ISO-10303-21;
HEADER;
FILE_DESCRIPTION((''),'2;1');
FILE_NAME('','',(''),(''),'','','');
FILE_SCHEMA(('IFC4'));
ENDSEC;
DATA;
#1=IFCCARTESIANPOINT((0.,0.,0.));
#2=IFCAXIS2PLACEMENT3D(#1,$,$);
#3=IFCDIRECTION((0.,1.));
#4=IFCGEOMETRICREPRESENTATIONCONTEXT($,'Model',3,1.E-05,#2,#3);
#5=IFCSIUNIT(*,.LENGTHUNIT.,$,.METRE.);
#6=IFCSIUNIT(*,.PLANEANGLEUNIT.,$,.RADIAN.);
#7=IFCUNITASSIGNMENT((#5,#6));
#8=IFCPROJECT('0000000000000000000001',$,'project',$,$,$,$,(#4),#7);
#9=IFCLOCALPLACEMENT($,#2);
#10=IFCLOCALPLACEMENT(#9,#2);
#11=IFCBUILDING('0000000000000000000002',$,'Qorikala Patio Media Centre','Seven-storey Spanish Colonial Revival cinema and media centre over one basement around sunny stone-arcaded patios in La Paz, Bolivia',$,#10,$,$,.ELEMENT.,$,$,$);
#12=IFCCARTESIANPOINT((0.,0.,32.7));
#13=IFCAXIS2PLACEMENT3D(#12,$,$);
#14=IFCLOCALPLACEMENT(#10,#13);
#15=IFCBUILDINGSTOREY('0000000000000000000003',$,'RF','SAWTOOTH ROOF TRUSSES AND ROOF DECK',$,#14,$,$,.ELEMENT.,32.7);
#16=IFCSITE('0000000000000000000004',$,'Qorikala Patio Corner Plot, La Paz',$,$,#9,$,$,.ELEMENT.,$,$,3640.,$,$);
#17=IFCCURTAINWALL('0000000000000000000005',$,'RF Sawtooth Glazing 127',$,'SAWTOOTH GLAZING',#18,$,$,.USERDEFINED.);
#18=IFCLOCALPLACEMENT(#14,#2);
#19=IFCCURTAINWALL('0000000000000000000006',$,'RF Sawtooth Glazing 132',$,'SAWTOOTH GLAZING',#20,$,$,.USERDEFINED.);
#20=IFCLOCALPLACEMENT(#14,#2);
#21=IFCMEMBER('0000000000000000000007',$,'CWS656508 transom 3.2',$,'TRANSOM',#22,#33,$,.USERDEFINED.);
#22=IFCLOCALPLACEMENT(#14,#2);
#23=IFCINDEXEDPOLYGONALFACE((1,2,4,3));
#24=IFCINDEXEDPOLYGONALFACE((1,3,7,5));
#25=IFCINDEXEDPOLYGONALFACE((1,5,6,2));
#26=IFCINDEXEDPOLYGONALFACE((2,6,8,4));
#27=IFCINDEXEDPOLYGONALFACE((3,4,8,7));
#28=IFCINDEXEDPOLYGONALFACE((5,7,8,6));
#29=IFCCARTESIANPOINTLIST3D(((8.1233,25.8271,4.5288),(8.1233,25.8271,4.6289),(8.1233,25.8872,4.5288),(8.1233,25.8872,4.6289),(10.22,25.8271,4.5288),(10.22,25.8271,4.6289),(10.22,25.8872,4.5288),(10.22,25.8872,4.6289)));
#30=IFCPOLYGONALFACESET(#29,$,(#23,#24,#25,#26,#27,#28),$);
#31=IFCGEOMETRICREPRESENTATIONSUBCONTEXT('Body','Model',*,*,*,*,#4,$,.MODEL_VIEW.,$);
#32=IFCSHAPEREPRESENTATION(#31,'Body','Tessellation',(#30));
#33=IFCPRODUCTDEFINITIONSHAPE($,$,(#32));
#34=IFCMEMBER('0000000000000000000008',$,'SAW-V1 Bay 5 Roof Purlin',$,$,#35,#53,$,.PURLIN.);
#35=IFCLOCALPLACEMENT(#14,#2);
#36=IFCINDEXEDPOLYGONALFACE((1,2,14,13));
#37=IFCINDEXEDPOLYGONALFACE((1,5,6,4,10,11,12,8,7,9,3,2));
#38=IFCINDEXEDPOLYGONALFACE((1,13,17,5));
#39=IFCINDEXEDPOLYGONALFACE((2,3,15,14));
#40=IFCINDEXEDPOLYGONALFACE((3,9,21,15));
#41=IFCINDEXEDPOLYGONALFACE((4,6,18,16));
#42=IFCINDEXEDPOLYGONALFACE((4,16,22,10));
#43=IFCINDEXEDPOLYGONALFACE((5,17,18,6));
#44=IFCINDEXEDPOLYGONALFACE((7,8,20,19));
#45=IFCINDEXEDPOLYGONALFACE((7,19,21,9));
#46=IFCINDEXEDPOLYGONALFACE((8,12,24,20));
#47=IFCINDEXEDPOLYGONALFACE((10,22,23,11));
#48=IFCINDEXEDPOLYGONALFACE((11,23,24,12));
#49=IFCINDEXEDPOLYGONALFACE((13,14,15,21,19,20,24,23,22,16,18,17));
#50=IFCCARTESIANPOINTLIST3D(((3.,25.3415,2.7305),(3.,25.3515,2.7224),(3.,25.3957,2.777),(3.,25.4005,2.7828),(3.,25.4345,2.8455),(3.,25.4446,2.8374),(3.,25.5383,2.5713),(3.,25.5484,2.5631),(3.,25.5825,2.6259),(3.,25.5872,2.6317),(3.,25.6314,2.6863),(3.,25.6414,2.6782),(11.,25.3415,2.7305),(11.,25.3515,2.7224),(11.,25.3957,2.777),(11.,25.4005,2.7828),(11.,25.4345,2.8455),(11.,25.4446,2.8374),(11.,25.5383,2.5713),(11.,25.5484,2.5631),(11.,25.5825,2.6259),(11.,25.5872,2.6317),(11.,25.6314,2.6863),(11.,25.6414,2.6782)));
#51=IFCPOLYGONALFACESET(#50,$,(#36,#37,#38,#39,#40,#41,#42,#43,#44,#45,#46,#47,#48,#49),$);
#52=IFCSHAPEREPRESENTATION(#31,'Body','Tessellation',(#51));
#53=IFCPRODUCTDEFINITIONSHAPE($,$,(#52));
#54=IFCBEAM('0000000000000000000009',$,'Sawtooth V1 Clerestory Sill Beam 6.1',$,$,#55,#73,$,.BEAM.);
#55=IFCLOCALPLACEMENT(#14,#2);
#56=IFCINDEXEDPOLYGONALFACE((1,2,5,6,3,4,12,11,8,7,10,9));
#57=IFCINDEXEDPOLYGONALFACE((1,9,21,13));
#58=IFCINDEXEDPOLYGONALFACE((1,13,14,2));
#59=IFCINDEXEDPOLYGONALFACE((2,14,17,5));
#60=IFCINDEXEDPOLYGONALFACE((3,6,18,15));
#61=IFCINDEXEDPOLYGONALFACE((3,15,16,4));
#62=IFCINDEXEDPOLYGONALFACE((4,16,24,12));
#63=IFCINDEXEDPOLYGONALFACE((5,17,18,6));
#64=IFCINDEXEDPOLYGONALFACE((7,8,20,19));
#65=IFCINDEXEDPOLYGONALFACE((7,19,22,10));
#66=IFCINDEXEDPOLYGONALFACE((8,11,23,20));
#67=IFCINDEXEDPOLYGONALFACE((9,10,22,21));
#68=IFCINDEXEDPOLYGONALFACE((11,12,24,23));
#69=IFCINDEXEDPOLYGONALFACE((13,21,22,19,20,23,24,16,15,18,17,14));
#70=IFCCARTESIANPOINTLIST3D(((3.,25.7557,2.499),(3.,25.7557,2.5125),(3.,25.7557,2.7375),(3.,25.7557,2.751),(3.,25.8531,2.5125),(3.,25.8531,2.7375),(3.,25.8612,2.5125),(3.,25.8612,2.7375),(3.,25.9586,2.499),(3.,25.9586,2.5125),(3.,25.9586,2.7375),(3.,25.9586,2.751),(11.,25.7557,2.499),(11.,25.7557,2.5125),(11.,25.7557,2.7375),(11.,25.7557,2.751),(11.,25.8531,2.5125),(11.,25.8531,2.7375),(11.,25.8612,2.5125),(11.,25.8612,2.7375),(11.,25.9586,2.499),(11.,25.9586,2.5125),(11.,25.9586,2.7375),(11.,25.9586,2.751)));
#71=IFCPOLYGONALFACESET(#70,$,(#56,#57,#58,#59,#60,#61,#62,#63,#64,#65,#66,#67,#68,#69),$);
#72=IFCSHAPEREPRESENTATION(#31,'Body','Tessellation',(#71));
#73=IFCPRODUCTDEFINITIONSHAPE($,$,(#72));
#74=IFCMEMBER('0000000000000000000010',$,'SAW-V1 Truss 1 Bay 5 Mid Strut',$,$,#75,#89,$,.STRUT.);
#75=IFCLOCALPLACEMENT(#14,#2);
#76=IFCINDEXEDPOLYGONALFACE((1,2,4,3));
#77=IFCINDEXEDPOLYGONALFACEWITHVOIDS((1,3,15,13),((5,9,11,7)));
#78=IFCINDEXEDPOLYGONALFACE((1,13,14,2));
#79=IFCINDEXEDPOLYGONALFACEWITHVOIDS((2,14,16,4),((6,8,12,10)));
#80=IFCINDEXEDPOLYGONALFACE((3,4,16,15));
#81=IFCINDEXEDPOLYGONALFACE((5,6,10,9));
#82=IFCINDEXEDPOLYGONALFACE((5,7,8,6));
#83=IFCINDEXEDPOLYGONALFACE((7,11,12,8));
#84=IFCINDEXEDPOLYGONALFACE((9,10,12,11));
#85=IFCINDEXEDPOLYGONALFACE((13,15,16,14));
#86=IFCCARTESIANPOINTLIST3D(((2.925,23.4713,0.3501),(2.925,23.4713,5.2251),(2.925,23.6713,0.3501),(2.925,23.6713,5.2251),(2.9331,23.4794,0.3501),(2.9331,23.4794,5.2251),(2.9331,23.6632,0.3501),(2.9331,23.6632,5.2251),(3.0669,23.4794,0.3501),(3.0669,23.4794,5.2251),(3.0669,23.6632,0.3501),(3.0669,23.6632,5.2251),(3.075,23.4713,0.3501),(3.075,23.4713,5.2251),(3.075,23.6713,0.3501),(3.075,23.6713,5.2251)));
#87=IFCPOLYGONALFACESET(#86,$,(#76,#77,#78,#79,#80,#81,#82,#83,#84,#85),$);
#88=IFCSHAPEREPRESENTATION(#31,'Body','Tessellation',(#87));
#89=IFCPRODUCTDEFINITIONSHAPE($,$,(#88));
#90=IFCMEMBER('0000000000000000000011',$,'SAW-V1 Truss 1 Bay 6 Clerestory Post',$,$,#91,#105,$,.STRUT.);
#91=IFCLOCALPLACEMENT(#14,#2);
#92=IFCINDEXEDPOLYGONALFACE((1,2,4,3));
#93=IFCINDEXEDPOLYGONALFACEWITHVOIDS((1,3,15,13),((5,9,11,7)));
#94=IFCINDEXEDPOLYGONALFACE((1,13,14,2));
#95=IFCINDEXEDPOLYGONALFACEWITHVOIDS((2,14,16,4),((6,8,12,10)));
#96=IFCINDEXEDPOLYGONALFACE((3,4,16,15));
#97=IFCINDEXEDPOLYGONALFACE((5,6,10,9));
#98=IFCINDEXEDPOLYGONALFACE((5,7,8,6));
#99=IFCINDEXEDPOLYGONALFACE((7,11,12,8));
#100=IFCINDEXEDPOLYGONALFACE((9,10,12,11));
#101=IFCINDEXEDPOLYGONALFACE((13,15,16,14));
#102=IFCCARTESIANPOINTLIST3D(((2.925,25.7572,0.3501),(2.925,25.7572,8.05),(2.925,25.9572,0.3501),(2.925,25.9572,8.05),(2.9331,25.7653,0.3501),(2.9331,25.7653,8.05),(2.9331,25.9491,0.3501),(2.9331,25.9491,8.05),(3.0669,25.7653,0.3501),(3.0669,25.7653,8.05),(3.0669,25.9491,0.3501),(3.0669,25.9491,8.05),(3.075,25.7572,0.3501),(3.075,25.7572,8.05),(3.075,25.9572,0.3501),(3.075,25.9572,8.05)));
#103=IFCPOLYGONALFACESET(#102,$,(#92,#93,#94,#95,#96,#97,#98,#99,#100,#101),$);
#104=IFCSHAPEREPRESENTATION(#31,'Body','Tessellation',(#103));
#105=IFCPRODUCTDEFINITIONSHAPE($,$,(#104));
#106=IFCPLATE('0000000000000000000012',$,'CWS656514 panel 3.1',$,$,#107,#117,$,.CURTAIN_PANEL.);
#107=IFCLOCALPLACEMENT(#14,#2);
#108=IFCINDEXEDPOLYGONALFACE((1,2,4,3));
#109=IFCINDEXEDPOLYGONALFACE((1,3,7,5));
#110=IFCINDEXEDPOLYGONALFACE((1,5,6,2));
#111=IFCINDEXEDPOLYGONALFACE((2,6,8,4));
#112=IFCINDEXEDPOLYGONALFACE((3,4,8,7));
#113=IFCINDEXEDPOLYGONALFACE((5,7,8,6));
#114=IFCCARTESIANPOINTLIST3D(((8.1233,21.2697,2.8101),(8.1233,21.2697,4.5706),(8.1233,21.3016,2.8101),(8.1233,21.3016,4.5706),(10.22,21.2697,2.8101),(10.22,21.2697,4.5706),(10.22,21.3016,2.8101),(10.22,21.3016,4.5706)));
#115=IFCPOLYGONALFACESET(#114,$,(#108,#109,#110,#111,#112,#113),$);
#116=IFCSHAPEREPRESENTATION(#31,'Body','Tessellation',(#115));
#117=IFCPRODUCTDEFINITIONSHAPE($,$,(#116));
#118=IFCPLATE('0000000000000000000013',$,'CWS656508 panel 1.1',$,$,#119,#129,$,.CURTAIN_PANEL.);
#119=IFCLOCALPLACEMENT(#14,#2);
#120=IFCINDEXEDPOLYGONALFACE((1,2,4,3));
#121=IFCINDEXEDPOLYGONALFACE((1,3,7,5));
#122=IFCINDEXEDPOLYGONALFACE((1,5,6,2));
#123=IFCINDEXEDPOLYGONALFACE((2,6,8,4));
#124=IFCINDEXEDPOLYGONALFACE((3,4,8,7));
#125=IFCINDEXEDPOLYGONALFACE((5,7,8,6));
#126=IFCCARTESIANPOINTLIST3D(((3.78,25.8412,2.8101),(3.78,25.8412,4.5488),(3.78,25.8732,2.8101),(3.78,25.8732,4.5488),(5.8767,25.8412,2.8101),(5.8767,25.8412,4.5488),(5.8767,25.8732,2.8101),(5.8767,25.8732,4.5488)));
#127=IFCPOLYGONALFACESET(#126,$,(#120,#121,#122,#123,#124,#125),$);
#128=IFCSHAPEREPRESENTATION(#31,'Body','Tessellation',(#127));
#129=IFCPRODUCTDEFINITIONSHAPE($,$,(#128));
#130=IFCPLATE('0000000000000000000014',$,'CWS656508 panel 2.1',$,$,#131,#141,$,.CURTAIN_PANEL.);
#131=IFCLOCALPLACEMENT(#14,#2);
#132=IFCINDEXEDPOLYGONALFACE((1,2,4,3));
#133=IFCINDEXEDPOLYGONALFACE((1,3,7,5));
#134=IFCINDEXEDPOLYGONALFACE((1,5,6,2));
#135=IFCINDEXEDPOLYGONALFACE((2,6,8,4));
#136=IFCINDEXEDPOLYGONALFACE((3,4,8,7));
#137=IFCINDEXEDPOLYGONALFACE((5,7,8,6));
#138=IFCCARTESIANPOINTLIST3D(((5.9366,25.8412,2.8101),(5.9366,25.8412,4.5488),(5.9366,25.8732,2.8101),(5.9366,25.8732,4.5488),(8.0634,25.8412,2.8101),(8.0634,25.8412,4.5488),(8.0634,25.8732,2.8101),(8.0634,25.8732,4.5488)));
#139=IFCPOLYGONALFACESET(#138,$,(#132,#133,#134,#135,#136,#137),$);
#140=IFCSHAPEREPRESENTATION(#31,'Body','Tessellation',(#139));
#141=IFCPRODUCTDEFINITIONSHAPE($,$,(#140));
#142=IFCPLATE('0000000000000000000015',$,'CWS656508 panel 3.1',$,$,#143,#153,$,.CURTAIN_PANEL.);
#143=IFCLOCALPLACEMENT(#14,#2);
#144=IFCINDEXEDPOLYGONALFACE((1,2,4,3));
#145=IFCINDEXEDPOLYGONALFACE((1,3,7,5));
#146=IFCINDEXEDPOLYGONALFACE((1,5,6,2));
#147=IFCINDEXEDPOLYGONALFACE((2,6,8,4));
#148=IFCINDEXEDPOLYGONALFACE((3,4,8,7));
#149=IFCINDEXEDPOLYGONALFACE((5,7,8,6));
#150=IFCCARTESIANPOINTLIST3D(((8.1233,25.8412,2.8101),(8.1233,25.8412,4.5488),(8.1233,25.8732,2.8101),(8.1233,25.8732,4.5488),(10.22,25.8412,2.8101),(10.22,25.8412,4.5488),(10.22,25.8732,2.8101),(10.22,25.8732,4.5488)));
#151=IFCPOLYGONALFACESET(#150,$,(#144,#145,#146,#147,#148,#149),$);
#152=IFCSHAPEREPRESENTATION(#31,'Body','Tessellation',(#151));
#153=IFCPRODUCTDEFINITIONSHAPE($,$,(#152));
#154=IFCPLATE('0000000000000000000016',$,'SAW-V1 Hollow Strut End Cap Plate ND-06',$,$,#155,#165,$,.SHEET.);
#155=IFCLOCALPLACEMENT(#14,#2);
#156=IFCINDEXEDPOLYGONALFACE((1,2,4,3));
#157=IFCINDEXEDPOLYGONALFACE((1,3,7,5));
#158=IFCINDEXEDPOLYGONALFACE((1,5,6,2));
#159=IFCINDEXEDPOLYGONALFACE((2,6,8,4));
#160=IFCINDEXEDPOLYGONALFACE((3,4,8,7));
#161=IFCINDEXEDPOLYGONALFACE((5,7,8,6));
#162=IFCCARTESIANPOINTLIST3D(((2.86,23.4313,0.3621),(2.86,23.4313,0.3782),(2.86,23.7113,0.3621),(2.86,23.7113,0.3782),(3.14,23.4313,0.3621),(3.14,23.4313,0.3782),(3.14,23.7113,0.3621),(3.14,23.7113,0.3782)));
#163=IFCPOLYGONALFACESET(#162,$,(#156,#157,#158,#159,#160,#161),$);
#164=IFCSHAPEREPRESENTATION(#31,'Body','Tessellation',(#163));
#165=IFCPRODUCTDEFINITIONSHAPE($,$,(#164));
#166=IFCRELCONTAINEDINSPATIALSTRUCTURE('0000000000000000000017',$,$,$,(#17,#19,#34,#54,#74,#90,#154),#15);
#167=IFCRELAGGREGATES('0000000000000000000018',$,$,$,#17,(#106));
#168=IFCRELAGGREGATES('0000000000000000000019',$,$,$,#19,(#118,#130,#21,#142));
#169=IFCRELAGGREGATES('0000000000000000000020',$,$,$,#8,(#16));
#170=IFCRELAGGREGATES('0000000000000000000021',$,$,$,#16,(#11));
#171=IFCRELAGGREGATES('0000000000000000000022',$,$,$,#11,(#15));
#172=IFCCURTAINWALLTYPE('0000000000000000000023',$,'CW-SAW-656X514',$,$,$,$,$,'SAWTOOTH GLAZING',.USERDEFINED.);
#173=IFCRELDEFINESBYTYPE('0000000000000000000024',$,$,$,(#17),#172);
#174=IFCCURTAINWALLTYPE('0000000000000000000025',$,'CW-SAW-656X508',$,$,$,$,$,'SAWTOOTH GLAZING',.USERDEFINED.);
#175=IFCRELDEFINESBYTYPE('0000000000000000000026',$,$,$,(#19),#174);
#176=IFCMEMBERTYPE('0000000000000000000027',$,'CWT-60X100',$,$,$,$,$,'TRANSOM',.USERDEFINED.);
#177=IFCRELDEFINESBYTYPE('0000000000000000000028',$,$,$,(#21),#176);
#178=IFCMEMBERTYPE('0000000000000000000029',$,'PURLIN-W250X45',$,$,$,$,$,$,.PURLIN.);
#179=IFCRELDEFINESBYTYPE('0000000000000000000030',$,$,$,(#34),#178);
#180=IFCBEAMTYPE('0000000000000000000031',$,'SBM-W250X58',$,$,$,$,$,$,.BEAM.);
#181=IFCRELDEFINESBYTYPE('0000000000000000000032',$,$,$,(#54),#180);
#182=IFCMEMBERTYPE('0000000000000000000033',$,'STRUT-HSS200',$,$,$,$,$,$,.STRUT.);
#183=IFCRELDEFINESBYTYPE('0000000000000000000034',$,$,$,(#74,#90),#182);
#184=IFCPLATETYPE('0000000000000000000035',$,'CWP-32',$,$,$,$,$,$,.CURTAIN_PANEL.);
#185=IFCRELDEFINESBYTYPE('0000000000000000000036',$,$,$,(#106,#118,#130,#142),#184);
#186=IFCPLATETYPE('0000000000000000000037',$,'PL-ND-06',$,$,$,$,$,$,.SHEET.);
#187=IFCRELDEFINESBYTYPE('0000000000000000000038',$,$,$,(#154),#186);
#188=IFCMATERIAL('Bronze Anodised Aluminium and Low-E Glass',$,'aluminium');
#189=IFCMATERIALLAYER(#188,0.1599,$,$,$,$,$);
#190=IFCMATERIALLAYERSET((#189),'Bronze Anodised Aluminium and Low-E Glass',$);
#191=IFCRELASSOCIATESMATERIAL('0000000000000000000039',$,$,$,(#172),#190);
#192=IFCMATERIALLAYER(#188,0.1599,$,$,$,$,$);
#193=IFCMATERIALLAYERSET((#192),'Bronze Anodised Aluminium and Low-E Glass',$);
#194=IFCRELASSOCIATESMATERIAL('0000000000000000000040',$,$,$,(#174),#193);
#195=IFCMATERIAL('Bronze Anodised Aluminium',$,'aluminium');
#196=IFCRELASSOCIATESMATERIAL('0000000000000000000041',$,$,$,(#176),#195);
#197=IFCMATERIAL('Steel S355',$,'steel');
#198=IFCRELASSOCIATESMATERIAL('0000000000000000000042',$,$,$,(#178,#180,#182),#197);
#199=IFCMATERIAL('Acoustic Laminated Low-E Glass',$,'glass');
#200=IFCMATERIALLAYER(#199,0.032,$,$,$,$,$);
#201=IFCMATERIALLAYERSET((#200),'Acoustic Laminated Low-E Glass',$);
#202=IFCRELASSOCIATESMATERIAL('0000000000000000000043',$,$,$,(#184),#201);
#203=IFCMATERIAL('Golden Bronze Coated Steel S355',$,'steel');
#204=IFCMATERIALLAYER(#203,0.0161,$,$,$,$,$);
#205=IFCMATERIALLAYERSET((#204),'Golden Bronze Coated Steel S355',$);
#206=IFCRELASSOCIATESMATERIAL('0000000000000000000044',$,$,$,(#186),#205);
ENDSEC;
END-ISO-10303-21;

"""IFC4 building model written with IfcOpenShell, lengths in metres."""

from ifc_helpers import new_model, si_unit, direction, frame, origin, origin_2d, place, context, subcontext, project, spatial, rectangle, hollow_rectangle, i_section, extrude, material, layer, layer_set, material_profile, profile_set, type_object, element, aggregate, save


model = new_model("IFC4")

# Units and contexts
model_context = context("Model", 3, precision=1e-05, world=origin(), true_north=direction((0.0, 1.0)))
body_context = subcontext(model_context, "Body", "Model", "MODEL_VIEW")
ifc_project = project(units=[si_unit("LENGTHUNIT", "METRE"), si_unit("PLANEANGLEUNIT", "RADIAN")], contexts=[model_context])

# Site, building, storey
site_placement = place(None, origin())
site = spatial("IfcSite", under=ifc_project, at=site_placement, Name="Qorikala Patio Corner Plot, La Paz", CompositionType="ELEMENT", RefElevation=3640.0)
building_placement = place(site_placement, origin())
building = spatial("IfcBuilding", under=site, at=building_placement, Name="Qorikala Patio Media Centre", Description="Seven-storey Spanish Colonial Revival cinema and media centre over one basement around sunny stone-arcaded patios in La Paz, Bolivia", CompositionType="ELEMENT")
storey_placement = place(building_placement, frame((0.0, 0.0, 32.7)))
storey = spatial("IfcBuildingStorey", under=building, at=storey_placement, Name="RF", Description="SAWTOOTH ROOF TRUSSES AND ROOF DECK", CompositionType="ELEMENT", Elevation=32.7)

# Shared definitions
ifc_material_1 = material(Name="Steel S355", Category="steel")

# Curtain walls
ifc_material_2 = material(Name="Bronze Anodised Aluminium and Low-E Glass", Category="aluminium")
ifc_layer_1 = layer(ifc_material_2, 0.1599)
ifc_layer_set_1 = layer_set([ifc_layer_1], Name="Bronze Anodised Aluminium and Low-E Glass")
curtain_wall_type_1 = type_object("IfcCurtainWallType", Name="CW-SAW-656X514", ElementType="SAWTOOTH GLAZING", PredefinedType="USERDEFINED", material=ifc_layer_set_1)
curtain_wall_1_placement = place(storey_placement, origin())
curtain_wall_1 = element("IfcCurtainWall", 1, at=curtain_wall_1_placement, inside=storey, type_object=curtain_wall_type_1, Name="RF Sawtooth Glazing 127", ObjectType="SAWTOOTH GLAZING", PredefinedType="USERDEFINED")
ifc_material_3 = material(Name="Bronze Anodised Aluminium", Category="aluminium")
ifc_layer_2 = layer(ifc_material_2, 0.1599)
ifc_layer_set_2 = layer_set([ifc_layer_2], Name="Bronze Anodised Aluminium and Low-E Glass")
curtain_wall_type_2 = type_object("IfcCurtainWallType", Name="CW-SAW-656X508", ElementType="SAWTOOTH GLAZING", PredefinedType="USERDEFINED", material=ifc_layer_set_2)
curtain_wall_2_placement = place(storey_placement, origin())
curtain_wall_2 = element("IfcCurtainWall", 2, at=curtain_wall_2_placement, inside=storey, type_object=curtain_wall_type_2, Name="RF Sawtooth Glazing 132", ObjectType="SAWTOOTH GLAZING", PredefinedType="USERDEFINED")

# Members
ifc_material_profile_1 = material_profile(ifc_material_3, rectangle(XDim=0.0601, YDim=0.1001, at=origin_2d()), Name="ALU TRANSOM 60x100")
ifc_profile_set_1 = profile_set([ifc_material_profile_1], Name="Bronze Anodised Aluminium")
member_type_1 = type_object("IfcMemberType", Name="CWT-60X100", ElementType="TRANSOM", PredefinedType="USERDEFINED", material=ifc_profile_set_1)
member_1_placement = place(storey_placement, frame((8.1233, 25.8572, 4.5789), z_axis=(1.0, 0.0, 0.0), x_axis=(0.0, 1.0, 0.0)))
member_1 = element("IfcMember", 3, at=member_1_placement, type_object=member_type_1, Name="CWS656508 transom 3.2", ObjectType="TRANSOM", PredefinedType="USERDEFINED", context=body_context, shape_type="SweptSolid", body=[
    extrude(rectangle(XDim=0.0601, YDim=0.1001, at=origin_2d()), origin(), (0.0, 0.0, 1.0), 2.0967),
])
ifc_material_profile_2 = material_profile(ifc_material_1, i_section(OverallWidth=0.1479, OverallDepth=0.2661, WebThickness=0.0076, FlangeThickness=0.0129, at=origin_2d()), Name="W250X45")
ifc_profile_set_2 = profile_set([ifc_material_profile_2], Name="Steel S355")
member_type_2 = type_object("IfcMemberType", Name="PURLIN-W250X45", PredefinedType="PURLIN", material=ifc_profile_set_2)
member_2_placement = place(storey_placement, frame((3.0, 25.4915, 2.7043), z_axis=(1.0, 0.0, 0.0), x_axis=(0.0, 0.628995, 0.77741)))
element("IfcMember", 4, at=member_2_placement, inside=storey, type_object=member_type_2, Name="SAW-V1 Bay 5 Roof Purlin", PredefinedType="PURLIN", context=body_context, shape_type="SweptSolid", body=[
    extrude(i_section(OverallWidth=0.1479, OverallDepth=0.2661, WebThickness=0.0076, FlangeThickness=0.0129, at=origin_2d()), origin(), (0.0, 0.0, 1.0), 8.0),
])

# Beam
ifc_material_profile_3 = material_profile(ifc_material_1, i_section(OverallWidth=0.2029, OverallDepth=0.252, WebThickness=0.0081, FlangeThickness=0.0134, at=origin_2d()), Name="W250X58")
ifc_profile_set_3 = profile_set([ifc_material_profile_3], Name="Steel S355")
beam_type = type_object("IfcBeamType", Name="SBM-W250X58", PredefinedType="BEAM", material=ifc_profile_set_3)
beam_placement = place(storey_placement, frame((3.0, 25.8572, 2.625), z_axis=(1.0, 0.0, 0.0), x_axis=(0.0, 1.0, 0.0)))
element("IfcBeam", 5, at=beam_placement, inside=storey, type_object=beam_type, Name="Sawtooth V1 Clerestory Sill Beam 6.1", PredefinedType="BEAM", context=body_context, shape_type="SweptSolid", body=[
    extrude(i_section(OverallWidth=0.2029, OverallDepth=0.252, WebThickness=0.0081, FlangeThickness=0.0134, at=origin_2d()), origin(), (0.0, 0.0, 1.0), 8.0),
])

# Members
ifc_material_profile_4 = material_profile(ifc_material_1, hollow_rectangle(XDim=0.1499, YDim=0.2, WallThickness=0.0081, at=origin_2d()), Name="HSS200X150X8")
ifc_profile_set_4 = profile_set([ifc_material_profile_4], Name="Steel S355")
member_type_3 = type_object("IfcMemberType", Name="STRUT-HSS200", PredefinedType="STRUT", material=ifc_profile_set_4)
member_3_placement = place(storey_placement, frame((3.0, 23.5713, 0.3501), z_axis=(0.0, 0.0, 1.0), x_axis=(1.0, 0.0, 0.0)))
element("IfcMember", 6, at=member_3_placement, inside=storey, type_object=member_type_3, Name="SAW-V1 Truss 1 Bay 5 Mid Strut", PredefinedType="STRUT", context=body_context, shape_type="SweptSolid", body=[
    extrude(hollow_rectangle(XDim=0.1499, YDim=0.2, WallThickness=0.0081, at=origin_2d()), origin(), (0.0, 0.0, 1.0), 4.875),
])
member_4_placement = place(storey_placement, frame((3.0, 25.8572, 0.3501), z_axis=(0.0, 0.0, 1.0), x_axis=(1.0, 0.0, 0.0)))
element("IfcMember", 7, at=member_4_placement, inside=storey, type_object=member_type_3, Name="SAW-V1 Truss 1 Bay 6 Clerestory Post", PredefinedType="STRUT", context=body_context, shape_type="SweptSolid", body=[
    extrude(hollow_rectangle(XDim=0.1499, YDim=0.2, WallThickness=0.0081, at=origin_2d()), origin(), (0.0, 0.0, 1.0), 7.7),
])

# Plates
ifc_material_4 = material(Name="Acoustic Laminated Low-E Glass", Category="glass")
ifc_layer_3 = layer(ifc_material_4, 0.032)
ifc_layer_set_3 = layer_set([ifc_layer_3], Name="Acoustic Laminated Low-E Glass")
plate_type_1 = type_object("IfcPlateType", Name="CWP-32", PredefinedType="CURTAIN_PANEL", material=ifc_layer_set_3)
plate_1_placement = place(storey_placement, frame((9.1716, 21.2856, 2.8101), z_axis=(0.0, 0.0, 1.0), x_axis=(1.0, 0.0, 0.0)))
plate_1 = element("IfcPlate", 8, at=plate_1_placement, type_object=plate_type_1, Name="CWS656514 panel 3.1", PredefinedType="CURTAIN_PANEL", context=body_context, shape_type="SweptSolid", body=[
    extrude(rectangle(XDim=2.0967, YDim=0.032, at=origin_2d()), origin(), (0.0, 0.0, 1.0), 1.7605),
])
aggregate(curtain_wall_1, [plate_1])
plate_2_placement = place(storey_placement, frame((4.8284, 25.8572, 2.8101), z_axis=(0.0, 0.0, 1.0), x_axis=(1.0, 0.0, 0.0)))
plate_2 = element("IfcPlate", 9, at=plate_2_placement, type_object=plate_type_1, Name="CWS656508 panel 1.1", PredefinedType="CURTAIN_PANEL", context=body_context, shape_type="SweptSolid", body=[
    extrude(rectangle(XDim=2.0967, YDim=0.032, at=origin_2d()), origin(), (0.0, 0.0, 1.0), 1.7388),
])
plate_3_placement = place(storey_placement, frame((7.0, 25.8572, 2.8101), z_axis=(0.0, 0.0, 1.0), x_axis=(1.0, 0.0, 0.0)))
plate_3 = element("IfcPlate", 10, at=plate_3_placement, type_object=plate_type_1, Name="CWS656508 panel 2.1", PredefinedType="CURTAIN_PANEL", context=body_context, shape_type="SweptSolid", body=[
    extrude(rectangle(XDim=2.1267, YDim=0.032, at=origin_2d()), origin(), (0.0, 0.0, 1.0), 1.7388),
])
plate_4_placement = place(storey_placement, frame((9.1716, 25.8572, 2.8101), z_axis=(0.0, 0.0, 1.0), x_axis=(1.0, 0.0, 0.0)))
plate_4 = element("IfcPlate", 11, at=plate_4_placement, type_object=plate_type_1, Name="CWS656508 panel 3.1", PredefinedType="CURTAIN_PANEL", context=body_context, shape_type="SweptSolid", body=[
    extrude(rectangle(XDim=2.0967, YDim=0.032, at=origin_2d()), origin(), (0.0, 0.0, 1.0), 1.7388),
])
aggregate(curtain_wall_2, [plate_2, plate_3, member_1, plate_4])
ifc_material_5 = material(Name="Golden Bronze Coated Steel S355", Category="steel")
ifc_layer_4 = layer(ifc_material_5, 0.0161)
ifc_layer_set_4 = layer_set([ifc_layer_4], Name="Golden Bronze Coated Steel S355")
plate_type_2 = type_object("IfcPlateType", Name="PL-ND-06", PredefinedType="SHEET", material=ifc_layer_set_4)
plate_5_placement = place(storey_placement, frame((3.0, 23.5713, 0.3621), z_axis=(0.0, 0.0, 1.0), x_axis=(1.0, 0.0, 0.0)))
element("IfcPlate", 12, at=plate_5_placement, inside=storey, type_object=plate_type_2, Name="SAW-V1 Hollow Strut End Cap Plate ND-06", PredefinedType="SHEET", context=body_context, shape_type="SweptSolid", body=[
    extrude(rectangle(XDim=0.28, YDim=0.28, at=origin_2d()), origin(), (0.0, 0.0, 1.0), 0.0161),
])

save(model, "model.ifc")
